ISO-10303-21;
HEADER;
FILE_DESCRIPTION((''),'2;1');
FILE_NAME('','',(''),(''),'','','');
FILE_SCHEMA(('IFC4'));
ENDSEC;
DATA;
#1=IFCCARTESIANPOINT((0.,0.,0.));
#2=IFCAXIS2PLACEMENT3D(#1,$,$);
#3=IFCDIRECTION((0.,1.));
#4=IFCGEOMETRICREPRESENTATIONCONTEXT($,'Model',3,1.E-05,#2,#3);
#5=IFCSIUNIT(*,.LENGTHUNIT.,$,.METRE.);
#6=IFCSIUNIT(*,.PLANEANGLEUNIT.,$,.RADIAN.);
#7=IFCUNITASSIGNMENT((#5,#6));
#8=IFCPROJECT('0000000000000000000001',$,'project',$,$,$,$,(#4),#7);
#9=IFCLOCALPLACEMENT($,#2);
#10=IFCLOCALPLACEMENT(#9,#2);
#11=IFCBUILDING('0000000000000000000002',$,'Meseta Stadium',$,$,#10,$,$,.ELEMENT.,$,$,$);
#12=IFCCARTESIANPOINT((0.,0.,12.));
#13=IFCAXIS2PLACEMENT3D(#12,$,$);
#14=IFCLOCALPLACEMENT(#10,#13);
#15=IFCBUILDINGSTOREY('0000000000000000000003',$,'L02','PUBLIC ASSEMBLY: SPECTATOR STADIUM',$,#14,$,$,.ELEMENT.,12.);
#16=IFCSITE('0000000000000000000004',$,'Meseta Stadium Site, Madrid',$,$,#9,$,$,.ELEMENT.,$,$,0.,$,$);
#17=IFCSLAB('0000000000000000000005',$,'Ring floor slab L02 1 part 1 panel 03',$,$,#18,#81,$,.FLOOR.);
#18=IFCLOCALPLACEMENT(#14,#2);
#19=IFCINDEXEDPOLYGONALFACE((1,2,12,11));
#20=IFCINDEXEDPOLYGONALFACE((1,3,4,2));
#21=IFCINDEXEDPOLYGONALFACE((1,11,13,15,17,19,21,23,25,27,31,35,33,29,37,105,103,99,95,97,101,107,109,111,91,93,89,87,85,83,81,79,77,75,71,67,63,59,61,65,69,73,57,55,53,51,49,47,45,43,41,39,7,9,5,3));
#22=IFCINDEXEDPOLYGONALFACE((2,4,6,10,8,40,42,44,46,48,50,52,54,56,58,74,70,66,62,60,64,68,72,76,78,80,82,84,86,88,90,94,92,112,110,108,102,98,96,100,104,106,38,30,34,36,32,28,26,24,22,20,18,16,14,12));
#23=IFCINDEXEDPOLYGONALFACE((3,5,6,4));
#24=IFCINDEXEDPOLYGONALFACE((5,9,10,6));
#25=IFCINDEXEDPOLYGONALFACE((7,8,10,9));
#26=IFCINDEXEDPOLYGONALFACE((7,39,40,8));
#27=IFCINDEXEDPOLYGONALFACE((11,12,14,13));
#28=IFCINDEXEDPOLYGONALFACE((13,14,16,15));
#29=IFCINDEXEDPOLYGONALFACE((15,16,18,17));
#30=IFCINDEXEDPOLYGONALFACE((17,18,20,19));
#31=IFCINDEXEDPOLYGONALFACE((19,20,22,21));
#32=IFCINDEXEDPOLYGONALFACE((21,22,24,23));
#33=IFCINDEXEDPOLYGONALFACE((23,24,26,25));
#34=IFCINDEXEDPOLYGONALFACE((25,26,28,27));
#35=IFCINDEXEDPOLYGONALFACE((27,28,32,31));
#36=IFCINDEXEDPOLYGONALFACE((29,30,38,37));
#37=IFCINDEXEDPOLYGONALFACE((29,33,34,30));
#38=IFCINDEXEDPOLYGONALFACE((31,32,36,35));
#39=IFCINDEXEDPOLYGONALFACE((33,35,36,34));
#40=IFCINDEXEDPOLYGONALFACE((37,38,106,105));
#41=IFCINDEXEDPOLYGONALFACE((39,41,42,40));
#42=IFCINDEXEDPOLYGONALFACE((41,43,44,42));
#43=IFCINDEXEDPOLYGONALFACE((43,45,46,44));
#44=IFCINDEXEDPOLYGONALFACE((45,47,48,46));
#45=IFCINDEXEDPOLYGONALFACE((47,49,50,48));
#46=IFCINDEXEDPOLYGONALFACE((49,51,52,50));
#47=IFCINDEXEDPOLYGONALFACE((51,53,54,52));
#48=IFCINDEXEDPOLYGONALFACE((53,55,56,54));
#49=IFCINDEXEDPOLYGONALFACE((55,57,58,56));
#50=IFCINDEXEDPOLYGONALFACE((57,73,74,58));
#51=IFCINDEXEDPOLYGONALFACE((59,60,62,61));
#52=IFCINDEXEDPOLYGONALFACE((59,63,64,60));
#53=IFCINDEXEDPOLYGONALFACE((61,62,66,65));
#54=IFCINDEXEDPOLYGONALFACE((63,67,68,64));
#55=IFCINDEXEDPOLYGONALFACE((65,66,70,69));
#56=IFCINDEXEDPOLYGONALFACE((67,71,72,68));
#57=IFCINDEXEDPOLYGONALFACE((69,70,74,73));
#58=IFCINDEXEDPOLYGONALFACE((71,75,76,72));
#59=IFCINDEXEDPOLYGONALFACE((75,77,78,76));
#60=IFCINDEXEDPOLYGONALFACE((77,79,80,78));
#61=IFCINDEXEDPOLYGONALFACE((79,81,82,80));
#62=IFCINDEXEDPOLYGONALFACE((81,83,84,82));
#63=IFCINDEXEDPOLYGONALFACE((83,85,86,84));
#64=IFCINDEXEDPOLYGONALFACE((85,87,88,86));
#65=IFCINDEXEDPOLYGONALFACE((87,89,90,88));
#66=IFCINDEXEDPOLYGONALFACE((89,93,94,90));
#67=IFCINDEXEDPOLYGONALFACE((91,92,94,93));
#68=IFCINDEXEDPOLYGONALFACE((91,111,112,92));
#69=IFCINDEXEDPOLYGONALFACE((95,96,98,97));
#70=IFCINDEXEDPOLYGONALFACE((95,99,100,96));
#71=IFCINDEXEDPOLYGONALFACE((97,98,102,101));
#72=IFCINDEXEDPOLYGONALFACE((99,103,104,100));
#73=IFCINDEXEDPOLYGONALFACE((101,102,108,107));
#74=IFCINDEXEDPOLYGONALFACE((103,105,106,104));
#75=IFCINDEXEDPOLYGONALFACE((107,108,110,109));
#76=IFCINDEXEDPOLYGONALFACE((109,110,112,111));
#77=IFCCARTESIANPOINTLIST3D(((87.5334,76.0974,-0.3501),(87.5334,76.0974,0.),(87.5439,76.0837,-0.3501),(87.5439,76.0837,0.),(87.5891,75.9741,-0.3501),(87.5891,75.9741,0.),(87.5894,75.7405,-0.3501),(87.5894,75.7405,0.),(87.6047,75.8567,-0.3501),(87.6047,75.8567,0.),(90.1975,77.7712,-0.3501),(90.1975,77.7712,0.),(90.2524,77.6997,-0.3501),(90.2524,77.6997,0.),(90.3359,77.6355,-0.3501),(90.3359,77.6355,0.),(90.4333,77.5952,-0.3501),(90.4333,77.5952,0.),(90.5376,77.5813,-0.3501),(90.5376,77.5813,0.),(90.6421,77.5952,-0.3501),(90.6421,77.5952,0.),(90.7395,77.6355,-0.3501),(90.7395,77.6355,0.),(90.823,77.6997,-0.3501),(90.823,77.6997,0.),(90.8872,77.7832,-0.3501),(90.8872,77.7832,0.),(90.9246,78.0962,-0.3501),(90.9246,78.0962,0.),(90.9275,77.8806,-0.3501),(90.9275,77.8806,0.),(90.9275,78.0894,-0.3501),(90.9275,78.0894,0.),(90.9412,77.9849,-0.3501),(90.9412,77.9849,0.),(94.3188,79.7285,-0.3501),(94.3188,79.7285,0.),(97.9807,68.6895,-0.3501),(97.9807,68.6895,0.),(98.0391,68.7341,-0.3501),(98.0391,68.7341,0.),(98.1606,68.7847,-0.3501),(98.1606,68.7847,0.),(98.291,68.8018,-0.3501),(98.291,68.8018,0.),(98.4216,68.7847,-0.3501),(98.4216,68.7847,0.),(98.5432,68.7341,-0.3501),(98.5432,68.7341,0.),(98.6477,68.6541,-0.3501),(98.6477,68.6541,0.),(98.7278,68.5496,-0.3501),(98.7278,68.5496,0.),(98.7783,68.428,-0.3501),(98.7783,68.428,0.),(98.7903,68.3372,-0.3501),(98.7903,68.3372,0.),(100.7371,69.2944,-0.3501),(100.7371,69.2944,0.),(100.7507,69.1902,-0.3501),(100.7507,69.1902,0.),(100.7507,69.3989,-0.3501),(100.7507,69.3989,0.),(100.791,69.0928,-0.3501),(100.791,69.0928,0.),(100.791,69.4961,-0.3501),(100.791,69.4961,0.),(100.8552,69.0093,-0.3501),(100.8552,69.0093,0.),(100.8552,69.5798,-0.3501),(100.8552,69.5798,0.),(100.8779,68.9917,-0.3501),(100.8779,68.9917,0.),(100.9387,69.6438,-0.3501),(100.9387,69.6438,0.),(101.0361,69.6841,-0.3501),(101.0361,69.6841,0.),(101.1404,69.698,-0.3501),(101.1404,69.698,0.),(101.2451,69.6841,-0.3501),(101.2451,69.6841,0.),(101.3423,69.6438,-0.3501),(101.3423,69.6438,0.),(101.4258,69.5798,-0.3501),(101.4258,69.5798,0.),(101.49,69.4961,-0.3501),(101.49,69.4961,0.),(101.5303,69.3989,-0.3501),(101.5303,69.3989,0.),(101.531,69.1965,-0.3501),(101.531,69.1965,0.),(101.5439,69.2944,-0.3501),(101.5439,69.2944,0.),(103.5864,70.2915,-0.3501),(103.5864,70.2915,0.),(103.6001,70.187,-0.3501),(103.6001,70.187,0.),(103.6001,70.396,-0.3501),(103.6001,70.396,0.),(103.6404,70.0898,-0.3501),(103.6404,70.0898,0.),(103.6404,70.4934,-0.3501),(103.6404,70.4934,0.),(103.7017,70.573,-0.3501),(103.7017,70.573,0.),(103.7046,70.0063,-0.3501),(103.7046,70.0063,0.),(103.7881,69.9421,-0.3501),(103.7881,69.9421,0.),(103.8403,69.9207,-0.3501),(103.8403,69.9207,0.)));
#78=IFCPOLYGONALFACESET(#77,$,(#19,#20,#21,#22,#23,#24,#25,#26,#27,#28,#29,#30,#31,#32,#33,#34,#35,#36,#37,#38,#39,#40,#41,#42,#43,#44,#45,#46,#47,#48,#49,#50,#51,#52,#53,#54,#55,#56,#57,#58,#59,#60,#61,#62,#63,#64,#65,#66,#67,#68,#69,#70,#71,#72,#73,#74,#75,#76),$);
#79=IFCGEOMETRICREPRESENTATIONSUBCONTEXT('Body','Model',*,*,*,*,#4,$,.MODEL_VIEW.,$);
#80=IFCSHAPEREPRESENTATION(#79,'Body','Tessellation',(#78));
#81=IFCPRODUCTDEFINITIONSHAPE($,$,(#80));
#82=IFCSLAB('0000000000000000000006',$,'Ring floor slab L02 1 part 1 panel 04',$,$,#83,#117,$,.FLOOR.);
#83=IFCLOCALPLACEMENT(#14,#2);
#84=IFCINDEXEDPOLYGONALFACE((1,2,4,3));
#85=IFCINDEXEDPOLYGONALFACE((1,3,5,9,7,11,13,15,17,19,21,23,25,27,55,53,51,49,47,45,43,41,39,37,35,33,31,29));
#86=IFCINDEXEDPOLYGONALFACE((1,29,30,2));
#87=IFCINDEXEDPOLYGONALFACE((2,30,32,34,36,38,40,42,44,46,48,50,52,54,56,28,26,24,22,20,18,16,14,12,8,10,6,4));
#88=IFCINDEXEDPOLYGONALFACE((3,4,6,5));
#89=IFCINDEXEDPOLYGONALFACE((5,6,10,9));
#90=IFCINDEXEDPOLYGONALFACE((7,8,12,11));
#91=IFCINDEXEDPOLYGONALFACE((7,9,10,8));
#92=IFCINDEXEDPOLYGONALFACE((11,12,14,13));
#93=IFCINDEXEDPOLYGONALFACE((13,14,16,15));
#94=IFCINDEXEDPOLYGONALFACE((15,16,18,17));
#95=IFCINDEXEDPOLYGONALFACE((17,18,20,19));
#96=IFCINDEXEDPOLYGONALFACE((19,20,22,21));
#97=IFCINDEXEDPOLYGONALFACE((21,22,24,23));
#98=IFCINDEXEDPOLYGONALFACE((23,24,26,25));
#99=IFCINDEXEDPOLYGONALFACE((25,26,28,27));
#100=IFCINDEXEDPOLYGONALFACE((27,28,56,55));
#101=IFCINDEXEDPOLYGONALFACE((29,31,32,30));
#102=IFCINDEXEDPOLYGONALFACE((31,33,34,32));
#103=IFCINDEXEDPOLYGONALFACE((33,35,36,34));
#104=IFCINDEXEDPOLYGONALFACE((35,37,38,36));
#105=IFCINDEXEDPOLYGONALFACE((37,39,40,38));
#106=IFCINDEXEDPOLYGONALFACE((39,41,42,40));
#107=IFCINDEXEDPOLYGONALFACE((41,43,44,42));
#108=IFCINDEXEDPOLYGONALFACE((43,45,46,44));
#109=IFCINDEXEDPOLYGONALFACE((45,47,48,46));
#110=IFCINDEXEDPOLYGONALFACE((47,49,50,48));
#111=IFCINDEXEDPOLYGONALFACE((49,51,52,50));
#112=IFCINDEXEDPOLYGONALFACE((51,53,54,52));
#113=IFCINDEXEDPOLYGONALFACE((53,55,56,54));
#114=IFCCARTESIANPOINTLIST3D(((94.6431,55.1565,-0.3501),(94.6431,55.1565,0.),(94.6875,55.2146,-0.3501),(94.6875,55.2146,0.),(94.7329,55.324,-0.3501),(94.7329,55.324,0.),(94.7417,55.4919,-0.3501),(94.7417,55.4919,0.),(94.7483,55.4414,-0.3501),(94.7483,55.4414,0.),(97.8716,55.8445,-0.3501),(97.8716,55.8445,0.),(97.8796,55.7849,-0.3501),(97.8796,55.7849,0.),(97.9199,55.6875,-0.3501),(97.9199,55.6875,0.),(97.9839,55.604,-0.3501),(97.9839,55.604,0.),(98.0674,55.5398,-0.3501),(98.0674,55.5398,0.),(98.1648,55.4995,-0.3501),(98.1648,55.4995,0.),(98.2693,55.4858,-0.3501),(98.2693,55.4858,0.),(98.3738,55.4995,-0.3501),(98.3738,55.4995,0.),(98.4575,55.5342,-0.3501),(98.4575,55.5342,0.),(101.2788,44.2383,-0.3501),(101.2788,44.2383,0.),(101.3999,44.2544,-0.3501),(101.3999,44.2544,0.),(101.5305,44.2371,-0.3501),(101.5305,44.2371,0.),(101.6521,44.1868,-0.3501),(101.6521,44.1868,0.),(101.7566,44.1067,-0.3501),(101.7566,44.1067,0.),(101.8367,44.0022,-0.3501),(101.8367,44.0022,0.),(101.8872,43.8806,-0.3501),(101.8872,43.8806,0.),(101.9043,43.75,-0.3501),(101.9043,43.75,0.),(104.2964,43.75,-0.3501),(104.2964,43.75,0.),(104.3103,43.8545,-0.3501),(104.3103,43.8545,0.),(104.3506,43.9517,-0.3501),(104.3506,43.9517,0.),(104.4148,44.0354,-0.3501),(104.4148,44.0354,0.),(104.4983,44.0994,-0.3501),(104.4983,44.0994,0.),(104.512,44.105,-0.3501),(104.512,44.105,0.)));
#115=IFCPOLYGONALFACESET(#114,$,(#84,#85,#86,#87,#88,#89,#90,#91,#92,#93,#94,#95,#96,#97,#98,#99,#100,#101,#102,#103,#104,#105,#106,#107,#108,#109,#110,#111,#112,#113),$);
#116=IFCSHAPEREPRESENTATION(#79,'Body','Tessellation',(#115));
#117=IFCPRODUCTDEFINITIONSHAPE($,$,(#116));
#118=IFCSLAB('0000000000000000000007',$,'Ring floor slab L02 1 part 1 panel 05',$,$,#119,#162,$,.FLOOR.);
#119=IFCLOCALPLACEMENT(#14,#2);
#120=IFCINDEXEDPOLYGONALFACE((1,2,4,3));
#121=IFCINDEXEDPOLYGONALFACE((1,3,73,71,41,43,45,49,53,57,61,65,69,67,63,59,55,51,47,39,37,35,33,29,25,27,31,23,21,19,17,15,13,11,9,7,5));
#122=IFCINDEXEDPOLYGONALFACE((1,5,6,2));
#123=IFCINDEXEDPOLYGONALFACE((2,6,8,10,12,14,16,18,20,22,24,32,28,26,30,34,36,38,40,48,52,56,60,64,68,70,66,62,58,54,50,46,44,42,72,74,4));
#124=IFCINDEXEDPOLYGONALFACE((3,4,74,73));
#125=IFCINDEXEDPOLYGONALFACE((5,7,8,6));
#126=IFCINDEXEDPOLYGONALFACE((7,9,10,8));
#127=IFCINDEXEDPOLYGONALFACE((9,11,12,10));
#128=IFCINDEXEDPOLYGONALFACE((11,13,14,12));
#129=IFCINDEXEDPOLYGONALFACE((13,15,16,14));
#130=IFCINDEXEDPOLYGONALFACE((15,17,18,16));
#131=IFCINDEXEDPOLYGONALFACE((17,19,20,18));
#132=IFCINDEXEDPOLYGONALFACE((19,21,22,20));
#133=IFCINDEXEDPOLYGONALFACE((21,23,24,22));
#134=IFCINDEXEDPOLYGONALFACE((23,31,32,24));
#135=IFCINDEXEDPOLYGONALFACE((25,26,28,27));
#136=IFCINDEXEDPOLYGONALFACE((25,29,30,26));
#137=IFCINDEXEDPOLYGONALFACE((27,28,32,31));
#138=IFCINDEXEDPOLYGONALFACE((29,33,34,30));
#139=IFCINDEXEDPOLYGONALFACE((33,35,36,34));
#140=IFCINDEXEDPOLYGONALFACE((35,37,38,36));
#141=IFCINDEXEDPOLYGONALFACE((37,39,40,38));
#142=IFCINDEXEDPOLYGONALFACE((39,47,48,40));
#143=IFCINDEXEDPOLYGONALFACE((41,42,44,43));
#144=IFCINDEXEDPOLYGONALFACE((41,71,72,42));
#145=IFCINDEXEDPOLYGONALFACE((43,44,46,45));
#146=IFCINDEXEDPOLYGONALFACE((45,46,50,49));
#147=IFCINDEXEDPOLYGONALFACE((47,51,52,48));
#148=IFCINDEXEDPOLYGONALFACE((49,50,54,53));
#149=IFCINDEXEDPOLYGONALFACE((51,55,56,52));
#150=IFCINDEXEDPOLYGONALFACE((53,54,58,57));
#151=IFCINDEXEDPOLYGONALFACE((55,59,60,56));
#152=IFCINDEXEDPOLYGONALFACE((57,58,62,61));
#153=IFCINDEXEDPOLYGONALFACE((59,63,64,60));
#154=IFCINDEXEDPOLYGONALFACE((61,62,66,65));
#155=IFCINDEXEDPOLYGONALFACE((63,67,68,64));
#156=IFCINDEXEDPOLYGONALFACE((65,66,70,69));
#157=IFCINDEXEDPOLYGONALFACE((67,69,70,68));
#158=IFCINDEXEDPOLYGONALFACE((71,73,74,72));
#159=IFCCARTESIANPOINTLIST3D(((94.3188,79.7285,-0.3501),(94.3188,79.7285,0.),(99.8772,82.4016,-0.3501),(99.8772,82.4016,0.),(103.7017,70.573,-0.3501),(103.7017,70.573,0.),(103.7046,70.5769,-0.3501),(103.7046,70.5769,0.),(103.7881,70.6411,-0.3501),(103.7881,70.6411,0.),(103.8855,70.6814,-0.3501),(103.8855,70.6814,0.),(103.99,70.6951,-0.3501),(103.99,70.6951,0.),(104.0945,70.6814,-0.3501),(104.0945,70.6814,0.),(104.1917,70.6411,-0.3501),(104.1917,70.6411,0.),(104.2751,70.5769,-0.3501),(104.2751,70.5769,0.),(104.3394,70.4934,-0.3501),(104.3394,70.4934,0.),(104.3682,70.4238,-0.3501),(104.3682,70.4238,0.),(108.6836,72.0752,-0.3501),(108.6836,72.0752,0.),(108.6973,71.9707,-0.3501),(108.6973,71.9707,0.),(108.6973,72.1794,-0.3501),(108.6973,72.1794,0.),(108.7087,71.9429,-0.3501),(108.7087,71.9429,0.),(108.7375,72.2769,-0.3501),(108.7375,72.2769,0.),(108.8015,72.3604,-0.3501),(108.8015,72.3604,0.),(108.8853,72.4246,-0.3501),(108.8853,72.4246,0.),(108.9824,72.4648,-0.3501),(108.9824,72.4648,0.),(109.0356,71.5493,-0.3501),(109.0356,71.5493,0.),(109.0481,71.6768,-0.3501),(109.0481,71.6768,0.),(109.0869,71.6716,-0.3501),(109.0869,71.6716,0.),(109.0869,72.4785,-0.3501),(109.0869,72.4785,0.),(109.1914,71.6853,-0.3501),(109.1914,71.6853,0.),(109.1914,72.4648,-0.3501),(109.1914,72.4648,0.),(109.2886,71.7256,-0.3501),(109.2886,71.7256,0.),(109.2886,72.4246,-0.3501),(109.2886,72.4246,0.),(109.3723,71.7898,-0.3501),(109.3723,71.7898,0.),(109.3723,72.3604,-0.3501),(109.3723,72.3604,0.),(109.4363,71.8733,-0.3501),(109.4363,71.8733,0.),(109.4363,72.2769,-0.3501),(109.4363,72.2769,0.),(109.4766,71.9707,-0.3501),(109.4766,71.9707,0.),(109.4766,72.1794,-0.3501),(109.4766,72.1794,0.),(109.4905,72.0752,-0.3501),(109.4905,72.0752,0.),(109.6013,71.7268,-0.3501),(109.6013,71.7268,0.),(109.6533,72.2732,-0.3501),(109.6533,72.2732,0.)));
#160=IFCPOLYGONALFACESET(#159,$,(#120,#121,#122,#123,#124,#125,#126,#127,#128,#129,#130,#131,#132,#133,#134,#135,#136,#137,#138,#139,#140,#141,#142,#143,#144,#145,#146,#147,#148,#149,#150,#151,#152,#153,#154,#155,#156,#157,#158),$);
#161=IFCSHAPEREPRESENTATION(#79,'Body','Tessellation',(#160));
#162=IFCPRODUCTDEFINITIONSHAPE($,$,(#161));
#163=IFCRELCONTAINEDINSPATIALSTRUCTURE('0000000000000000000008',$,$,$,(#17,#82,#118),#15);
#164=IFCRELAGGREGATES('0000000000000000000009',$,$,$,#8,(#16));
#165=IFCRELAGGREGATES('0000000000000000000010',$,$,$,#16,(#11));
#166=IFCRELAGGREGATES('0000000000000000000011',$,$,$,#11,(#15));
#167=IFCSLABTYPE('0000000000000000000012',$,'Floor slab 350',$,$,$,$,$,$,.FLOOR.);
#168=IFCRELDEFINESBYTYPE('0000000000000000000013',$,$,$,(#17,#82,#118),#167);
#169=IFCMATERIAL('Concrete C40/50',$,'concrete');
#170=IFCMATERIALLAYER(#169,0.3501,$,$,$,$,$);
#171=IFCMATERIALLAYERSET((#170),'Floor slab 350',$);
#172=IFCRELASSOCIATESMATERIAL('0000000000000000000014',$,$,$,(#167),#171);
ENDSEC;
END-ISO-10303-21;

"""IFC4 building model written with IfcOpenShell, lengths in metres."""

from ifc_helpers import new_model, si_unit, direction, frame, origin, place, context, subcontext, project, spatial, polyline, outline, extrude, material, layer, layer_set, type_object, element, save


model = new_model("IFC4")

# Units and contexts
model_context = context("Model", 3, precision=1e-05, world=origin(), true_north=direction((0.0, 1.0)))
body_context = subcontext(model_context, "Body", "Model", "MODEL_VIEW")
ifc_project = project(units=[si_unit("LENGTHUNIT", "METRE"), si_unit("PLANEANGLEUNIT", "RADIAN")], contexts=[model_context])

# Site, building, storey
site_placement = place(None, origin())
site = spatial("IfcSite", under=ifc_project, at=site_placement, Name="Meseta Stadium Site, Madrid", CompositionType="ELEMENT", RefElevation=0.0)
building_placement = place(site_placement, origin())
building = spatial("IfcBuilding", under=site, at=building_placement, Name="Meseta Stadium", CompositionType="ELEMENT")
storey_placement = place(building_placement, frame((0.0, 0.0, 12.0)))
storey = spatial("IfcBuildingStorey", under=building, at=storey_placement, Name="L02", Description="PUBLIC ASSEMBLY: SPECTATOR STADIUM", CompositionType="ELEMENT", Elevation=12.0)

# Slabs
ifc_material_1 = material(Name="Concrete C40/50", Category="concrete")
ifc_layer_1 = layer(ifc_material_1, 0.3501)
ifc_layer_set_1 = layer_set([ifc_layer_1], Name="Floor slab 350")
slab_type_1 = type_object("IfcSlabType", Name="Floor slab 350", PredefinedType="FLOOR", material=ifc_layer_set_1)
slab_1_placement = place(storey_placement, frame((0.0, 0.0, -0.3501)))
element("IfcSlab", 1, at=slab_1_placement, inside=storey, type_object=slab_type_1, Name="Ring floor slab L02 1 part 1 panel 03", PredefinedType="FLOOR", context=body_context, shape_type="SweptSolid", body=[
    extrude(outline(polyline([(90.2524, 77.6997), (90.1975, 77.7712), (87.5334, 76.0974), (87.5439, 76.0837), (87.5891, 75.9741), (87.6047, 75.8567), (87.5894, 75.7405), (97.9807, 68.6895), (98.0391, 68.7341), (98.1606, 68.7847), (98.291, 68.8018), (98.4216, 68.7847), (98.5432, 68.7341), (98.6477, 68.6541), (98.7278, 68.5496), (98.7783, 68.428), (98.7903, 68.3372), (100.8779, 68.9917), (100.8552, 69.0093), (100.791, 69.0928), (100.7507, 69.1902), (100.7371, 69.2944), (100.7507, 69.3989), (100.791, 69.4961), (100.8552, 69.5798), (100.9387, 69.6438), (101.0361, 69.6841), (101.1404, 69.698), (101.2451, 69.6841), (101.3423, 69.6438), (101.4258, 69.5798), (101.49, 69.4961), (101.5303, 69.3989), (101.5439, 69.2944), (101.531, 69.1965), (103.8403, 69.9207), (103.7881, 69.9421), (103.7046, 70.0063), (103.6404, 70.0898), (103.6001, 70.187), (103.5864, 70.2915), (103.6001, 70.396), (103.6404, 70.4934), (103.7017, 70.573), (94.3188, 79.7285), (90.9246, 78.0962), (90.9275, 78.0894), (90.9412, 77.9849), (90.9275, 77.8806), (90.8872, 77.7832), (90.823, 77.6997), (90.7395, 77.6355), (90.6421, 77.5952), (90.5376, 77.5813), (90.4333, 77.5952), (90.3359, 77.6355), (90.2524, 77.6997)])), origin(), (0.0, 0.0, 1.0), 0.3501),
])
slab_2_placement = place(storey_placement, frame((0.0, 0.0, -0.3501)))
element("IfcSlab", 2, at=slab_2_placement, inside=storey, type_object=slab_type_1, Name="Ring floor slab L02 1 part 1 panel 04", PredefinedType="FLOOR", context=body_context, shape_type="SweptSolid", body=[
    extrude(outline(polyline([(97.9199, 55.6875), (97.8796, 55.7849), (97.8716, 55.8445), (94.7417, 55.4919), (94.7483, 55.4414), (94.7329, 55.324), (94.6875, 55.2146), (94.6431, 55.1565), (101.2788, 44.2383), (101.3999, 44.2544), (101.5305, 44.2371), (101.6521, 44.1868), (101.7566, 44.1067), (101.8367, 44.0022), (101.8872, 43.8806), (101.9043, 43.75), (104.2964, 43.75), (104.3103, 43.8545), (104.3506, 43.9517), (104.4148, 44.0354), (104.4983, 44.0994), (104.512, 44.105), (98.4575, 55.5342), (98.3738, 55.4995), (98.2693, 55.4858), (98.1648, 55.4995), (98.0674, 55.5398), (97.9839, 55.604), (97.9199, 55.6875)])), origin(), (0.0, 0.0, 1.0), 0.3501),
])
slab_3_placement = place(storey_placement, frame((0.0, 0.0, -0.3501)))
element("IfcSlab", 3, at=slab_3_placement, inside=storey, type_object=slab_type_1, Name="Ring floor slab L02 1 part 1 panel 05", PredefinedType="FLOOR", context=body_context, shape_type="SweptSolid", body=[
    extrude(outline(polyline([(104.0945, 70.6814), (104.1917, 70.6411), (104.2751, 70.5769), (104.3394, 70.4934), (104.3682, 70.4238), (108.7087, 71.9429), (108.6973, 71.9707), (108.6836, 72.0752), (108.6973, 72.1794), (108.7375, 72.2769), (108.8015, 72.3604), (108.8853, 72.4246), (108.9824, 72.4648), (109.0869, 72.4785), (109.1914, 72.4648), (109.2886, 72.4246), (109.3723, 72.3604), (109.4363, 72.2769), (109.4766, 72.1794), (109.4905, 72.0752), (109.4766, 71.9707), (109.4363, 71.8733), (109.3723, 71.7898), (109.2886, 71.7256), (109.1914, 71.6853), (109.0869, 71.6716), (109.0481, 71.6768), (109.0356, 71.5493), (109.6013, 71.7268), (109.6533, 72.2732), (99.8772, 82.4016), (94.3188, 79.7285), (103.7017, 70.573), (103.7046, 70.5769), (103.7881, 70.6411), (103.8855, 70.6814), (103.99, 70.6951), (104.0945, 70.6814)])), origin(), (0.0, 0.0, 1.0), 0.3501),
])

save(model, "model.ifc")
